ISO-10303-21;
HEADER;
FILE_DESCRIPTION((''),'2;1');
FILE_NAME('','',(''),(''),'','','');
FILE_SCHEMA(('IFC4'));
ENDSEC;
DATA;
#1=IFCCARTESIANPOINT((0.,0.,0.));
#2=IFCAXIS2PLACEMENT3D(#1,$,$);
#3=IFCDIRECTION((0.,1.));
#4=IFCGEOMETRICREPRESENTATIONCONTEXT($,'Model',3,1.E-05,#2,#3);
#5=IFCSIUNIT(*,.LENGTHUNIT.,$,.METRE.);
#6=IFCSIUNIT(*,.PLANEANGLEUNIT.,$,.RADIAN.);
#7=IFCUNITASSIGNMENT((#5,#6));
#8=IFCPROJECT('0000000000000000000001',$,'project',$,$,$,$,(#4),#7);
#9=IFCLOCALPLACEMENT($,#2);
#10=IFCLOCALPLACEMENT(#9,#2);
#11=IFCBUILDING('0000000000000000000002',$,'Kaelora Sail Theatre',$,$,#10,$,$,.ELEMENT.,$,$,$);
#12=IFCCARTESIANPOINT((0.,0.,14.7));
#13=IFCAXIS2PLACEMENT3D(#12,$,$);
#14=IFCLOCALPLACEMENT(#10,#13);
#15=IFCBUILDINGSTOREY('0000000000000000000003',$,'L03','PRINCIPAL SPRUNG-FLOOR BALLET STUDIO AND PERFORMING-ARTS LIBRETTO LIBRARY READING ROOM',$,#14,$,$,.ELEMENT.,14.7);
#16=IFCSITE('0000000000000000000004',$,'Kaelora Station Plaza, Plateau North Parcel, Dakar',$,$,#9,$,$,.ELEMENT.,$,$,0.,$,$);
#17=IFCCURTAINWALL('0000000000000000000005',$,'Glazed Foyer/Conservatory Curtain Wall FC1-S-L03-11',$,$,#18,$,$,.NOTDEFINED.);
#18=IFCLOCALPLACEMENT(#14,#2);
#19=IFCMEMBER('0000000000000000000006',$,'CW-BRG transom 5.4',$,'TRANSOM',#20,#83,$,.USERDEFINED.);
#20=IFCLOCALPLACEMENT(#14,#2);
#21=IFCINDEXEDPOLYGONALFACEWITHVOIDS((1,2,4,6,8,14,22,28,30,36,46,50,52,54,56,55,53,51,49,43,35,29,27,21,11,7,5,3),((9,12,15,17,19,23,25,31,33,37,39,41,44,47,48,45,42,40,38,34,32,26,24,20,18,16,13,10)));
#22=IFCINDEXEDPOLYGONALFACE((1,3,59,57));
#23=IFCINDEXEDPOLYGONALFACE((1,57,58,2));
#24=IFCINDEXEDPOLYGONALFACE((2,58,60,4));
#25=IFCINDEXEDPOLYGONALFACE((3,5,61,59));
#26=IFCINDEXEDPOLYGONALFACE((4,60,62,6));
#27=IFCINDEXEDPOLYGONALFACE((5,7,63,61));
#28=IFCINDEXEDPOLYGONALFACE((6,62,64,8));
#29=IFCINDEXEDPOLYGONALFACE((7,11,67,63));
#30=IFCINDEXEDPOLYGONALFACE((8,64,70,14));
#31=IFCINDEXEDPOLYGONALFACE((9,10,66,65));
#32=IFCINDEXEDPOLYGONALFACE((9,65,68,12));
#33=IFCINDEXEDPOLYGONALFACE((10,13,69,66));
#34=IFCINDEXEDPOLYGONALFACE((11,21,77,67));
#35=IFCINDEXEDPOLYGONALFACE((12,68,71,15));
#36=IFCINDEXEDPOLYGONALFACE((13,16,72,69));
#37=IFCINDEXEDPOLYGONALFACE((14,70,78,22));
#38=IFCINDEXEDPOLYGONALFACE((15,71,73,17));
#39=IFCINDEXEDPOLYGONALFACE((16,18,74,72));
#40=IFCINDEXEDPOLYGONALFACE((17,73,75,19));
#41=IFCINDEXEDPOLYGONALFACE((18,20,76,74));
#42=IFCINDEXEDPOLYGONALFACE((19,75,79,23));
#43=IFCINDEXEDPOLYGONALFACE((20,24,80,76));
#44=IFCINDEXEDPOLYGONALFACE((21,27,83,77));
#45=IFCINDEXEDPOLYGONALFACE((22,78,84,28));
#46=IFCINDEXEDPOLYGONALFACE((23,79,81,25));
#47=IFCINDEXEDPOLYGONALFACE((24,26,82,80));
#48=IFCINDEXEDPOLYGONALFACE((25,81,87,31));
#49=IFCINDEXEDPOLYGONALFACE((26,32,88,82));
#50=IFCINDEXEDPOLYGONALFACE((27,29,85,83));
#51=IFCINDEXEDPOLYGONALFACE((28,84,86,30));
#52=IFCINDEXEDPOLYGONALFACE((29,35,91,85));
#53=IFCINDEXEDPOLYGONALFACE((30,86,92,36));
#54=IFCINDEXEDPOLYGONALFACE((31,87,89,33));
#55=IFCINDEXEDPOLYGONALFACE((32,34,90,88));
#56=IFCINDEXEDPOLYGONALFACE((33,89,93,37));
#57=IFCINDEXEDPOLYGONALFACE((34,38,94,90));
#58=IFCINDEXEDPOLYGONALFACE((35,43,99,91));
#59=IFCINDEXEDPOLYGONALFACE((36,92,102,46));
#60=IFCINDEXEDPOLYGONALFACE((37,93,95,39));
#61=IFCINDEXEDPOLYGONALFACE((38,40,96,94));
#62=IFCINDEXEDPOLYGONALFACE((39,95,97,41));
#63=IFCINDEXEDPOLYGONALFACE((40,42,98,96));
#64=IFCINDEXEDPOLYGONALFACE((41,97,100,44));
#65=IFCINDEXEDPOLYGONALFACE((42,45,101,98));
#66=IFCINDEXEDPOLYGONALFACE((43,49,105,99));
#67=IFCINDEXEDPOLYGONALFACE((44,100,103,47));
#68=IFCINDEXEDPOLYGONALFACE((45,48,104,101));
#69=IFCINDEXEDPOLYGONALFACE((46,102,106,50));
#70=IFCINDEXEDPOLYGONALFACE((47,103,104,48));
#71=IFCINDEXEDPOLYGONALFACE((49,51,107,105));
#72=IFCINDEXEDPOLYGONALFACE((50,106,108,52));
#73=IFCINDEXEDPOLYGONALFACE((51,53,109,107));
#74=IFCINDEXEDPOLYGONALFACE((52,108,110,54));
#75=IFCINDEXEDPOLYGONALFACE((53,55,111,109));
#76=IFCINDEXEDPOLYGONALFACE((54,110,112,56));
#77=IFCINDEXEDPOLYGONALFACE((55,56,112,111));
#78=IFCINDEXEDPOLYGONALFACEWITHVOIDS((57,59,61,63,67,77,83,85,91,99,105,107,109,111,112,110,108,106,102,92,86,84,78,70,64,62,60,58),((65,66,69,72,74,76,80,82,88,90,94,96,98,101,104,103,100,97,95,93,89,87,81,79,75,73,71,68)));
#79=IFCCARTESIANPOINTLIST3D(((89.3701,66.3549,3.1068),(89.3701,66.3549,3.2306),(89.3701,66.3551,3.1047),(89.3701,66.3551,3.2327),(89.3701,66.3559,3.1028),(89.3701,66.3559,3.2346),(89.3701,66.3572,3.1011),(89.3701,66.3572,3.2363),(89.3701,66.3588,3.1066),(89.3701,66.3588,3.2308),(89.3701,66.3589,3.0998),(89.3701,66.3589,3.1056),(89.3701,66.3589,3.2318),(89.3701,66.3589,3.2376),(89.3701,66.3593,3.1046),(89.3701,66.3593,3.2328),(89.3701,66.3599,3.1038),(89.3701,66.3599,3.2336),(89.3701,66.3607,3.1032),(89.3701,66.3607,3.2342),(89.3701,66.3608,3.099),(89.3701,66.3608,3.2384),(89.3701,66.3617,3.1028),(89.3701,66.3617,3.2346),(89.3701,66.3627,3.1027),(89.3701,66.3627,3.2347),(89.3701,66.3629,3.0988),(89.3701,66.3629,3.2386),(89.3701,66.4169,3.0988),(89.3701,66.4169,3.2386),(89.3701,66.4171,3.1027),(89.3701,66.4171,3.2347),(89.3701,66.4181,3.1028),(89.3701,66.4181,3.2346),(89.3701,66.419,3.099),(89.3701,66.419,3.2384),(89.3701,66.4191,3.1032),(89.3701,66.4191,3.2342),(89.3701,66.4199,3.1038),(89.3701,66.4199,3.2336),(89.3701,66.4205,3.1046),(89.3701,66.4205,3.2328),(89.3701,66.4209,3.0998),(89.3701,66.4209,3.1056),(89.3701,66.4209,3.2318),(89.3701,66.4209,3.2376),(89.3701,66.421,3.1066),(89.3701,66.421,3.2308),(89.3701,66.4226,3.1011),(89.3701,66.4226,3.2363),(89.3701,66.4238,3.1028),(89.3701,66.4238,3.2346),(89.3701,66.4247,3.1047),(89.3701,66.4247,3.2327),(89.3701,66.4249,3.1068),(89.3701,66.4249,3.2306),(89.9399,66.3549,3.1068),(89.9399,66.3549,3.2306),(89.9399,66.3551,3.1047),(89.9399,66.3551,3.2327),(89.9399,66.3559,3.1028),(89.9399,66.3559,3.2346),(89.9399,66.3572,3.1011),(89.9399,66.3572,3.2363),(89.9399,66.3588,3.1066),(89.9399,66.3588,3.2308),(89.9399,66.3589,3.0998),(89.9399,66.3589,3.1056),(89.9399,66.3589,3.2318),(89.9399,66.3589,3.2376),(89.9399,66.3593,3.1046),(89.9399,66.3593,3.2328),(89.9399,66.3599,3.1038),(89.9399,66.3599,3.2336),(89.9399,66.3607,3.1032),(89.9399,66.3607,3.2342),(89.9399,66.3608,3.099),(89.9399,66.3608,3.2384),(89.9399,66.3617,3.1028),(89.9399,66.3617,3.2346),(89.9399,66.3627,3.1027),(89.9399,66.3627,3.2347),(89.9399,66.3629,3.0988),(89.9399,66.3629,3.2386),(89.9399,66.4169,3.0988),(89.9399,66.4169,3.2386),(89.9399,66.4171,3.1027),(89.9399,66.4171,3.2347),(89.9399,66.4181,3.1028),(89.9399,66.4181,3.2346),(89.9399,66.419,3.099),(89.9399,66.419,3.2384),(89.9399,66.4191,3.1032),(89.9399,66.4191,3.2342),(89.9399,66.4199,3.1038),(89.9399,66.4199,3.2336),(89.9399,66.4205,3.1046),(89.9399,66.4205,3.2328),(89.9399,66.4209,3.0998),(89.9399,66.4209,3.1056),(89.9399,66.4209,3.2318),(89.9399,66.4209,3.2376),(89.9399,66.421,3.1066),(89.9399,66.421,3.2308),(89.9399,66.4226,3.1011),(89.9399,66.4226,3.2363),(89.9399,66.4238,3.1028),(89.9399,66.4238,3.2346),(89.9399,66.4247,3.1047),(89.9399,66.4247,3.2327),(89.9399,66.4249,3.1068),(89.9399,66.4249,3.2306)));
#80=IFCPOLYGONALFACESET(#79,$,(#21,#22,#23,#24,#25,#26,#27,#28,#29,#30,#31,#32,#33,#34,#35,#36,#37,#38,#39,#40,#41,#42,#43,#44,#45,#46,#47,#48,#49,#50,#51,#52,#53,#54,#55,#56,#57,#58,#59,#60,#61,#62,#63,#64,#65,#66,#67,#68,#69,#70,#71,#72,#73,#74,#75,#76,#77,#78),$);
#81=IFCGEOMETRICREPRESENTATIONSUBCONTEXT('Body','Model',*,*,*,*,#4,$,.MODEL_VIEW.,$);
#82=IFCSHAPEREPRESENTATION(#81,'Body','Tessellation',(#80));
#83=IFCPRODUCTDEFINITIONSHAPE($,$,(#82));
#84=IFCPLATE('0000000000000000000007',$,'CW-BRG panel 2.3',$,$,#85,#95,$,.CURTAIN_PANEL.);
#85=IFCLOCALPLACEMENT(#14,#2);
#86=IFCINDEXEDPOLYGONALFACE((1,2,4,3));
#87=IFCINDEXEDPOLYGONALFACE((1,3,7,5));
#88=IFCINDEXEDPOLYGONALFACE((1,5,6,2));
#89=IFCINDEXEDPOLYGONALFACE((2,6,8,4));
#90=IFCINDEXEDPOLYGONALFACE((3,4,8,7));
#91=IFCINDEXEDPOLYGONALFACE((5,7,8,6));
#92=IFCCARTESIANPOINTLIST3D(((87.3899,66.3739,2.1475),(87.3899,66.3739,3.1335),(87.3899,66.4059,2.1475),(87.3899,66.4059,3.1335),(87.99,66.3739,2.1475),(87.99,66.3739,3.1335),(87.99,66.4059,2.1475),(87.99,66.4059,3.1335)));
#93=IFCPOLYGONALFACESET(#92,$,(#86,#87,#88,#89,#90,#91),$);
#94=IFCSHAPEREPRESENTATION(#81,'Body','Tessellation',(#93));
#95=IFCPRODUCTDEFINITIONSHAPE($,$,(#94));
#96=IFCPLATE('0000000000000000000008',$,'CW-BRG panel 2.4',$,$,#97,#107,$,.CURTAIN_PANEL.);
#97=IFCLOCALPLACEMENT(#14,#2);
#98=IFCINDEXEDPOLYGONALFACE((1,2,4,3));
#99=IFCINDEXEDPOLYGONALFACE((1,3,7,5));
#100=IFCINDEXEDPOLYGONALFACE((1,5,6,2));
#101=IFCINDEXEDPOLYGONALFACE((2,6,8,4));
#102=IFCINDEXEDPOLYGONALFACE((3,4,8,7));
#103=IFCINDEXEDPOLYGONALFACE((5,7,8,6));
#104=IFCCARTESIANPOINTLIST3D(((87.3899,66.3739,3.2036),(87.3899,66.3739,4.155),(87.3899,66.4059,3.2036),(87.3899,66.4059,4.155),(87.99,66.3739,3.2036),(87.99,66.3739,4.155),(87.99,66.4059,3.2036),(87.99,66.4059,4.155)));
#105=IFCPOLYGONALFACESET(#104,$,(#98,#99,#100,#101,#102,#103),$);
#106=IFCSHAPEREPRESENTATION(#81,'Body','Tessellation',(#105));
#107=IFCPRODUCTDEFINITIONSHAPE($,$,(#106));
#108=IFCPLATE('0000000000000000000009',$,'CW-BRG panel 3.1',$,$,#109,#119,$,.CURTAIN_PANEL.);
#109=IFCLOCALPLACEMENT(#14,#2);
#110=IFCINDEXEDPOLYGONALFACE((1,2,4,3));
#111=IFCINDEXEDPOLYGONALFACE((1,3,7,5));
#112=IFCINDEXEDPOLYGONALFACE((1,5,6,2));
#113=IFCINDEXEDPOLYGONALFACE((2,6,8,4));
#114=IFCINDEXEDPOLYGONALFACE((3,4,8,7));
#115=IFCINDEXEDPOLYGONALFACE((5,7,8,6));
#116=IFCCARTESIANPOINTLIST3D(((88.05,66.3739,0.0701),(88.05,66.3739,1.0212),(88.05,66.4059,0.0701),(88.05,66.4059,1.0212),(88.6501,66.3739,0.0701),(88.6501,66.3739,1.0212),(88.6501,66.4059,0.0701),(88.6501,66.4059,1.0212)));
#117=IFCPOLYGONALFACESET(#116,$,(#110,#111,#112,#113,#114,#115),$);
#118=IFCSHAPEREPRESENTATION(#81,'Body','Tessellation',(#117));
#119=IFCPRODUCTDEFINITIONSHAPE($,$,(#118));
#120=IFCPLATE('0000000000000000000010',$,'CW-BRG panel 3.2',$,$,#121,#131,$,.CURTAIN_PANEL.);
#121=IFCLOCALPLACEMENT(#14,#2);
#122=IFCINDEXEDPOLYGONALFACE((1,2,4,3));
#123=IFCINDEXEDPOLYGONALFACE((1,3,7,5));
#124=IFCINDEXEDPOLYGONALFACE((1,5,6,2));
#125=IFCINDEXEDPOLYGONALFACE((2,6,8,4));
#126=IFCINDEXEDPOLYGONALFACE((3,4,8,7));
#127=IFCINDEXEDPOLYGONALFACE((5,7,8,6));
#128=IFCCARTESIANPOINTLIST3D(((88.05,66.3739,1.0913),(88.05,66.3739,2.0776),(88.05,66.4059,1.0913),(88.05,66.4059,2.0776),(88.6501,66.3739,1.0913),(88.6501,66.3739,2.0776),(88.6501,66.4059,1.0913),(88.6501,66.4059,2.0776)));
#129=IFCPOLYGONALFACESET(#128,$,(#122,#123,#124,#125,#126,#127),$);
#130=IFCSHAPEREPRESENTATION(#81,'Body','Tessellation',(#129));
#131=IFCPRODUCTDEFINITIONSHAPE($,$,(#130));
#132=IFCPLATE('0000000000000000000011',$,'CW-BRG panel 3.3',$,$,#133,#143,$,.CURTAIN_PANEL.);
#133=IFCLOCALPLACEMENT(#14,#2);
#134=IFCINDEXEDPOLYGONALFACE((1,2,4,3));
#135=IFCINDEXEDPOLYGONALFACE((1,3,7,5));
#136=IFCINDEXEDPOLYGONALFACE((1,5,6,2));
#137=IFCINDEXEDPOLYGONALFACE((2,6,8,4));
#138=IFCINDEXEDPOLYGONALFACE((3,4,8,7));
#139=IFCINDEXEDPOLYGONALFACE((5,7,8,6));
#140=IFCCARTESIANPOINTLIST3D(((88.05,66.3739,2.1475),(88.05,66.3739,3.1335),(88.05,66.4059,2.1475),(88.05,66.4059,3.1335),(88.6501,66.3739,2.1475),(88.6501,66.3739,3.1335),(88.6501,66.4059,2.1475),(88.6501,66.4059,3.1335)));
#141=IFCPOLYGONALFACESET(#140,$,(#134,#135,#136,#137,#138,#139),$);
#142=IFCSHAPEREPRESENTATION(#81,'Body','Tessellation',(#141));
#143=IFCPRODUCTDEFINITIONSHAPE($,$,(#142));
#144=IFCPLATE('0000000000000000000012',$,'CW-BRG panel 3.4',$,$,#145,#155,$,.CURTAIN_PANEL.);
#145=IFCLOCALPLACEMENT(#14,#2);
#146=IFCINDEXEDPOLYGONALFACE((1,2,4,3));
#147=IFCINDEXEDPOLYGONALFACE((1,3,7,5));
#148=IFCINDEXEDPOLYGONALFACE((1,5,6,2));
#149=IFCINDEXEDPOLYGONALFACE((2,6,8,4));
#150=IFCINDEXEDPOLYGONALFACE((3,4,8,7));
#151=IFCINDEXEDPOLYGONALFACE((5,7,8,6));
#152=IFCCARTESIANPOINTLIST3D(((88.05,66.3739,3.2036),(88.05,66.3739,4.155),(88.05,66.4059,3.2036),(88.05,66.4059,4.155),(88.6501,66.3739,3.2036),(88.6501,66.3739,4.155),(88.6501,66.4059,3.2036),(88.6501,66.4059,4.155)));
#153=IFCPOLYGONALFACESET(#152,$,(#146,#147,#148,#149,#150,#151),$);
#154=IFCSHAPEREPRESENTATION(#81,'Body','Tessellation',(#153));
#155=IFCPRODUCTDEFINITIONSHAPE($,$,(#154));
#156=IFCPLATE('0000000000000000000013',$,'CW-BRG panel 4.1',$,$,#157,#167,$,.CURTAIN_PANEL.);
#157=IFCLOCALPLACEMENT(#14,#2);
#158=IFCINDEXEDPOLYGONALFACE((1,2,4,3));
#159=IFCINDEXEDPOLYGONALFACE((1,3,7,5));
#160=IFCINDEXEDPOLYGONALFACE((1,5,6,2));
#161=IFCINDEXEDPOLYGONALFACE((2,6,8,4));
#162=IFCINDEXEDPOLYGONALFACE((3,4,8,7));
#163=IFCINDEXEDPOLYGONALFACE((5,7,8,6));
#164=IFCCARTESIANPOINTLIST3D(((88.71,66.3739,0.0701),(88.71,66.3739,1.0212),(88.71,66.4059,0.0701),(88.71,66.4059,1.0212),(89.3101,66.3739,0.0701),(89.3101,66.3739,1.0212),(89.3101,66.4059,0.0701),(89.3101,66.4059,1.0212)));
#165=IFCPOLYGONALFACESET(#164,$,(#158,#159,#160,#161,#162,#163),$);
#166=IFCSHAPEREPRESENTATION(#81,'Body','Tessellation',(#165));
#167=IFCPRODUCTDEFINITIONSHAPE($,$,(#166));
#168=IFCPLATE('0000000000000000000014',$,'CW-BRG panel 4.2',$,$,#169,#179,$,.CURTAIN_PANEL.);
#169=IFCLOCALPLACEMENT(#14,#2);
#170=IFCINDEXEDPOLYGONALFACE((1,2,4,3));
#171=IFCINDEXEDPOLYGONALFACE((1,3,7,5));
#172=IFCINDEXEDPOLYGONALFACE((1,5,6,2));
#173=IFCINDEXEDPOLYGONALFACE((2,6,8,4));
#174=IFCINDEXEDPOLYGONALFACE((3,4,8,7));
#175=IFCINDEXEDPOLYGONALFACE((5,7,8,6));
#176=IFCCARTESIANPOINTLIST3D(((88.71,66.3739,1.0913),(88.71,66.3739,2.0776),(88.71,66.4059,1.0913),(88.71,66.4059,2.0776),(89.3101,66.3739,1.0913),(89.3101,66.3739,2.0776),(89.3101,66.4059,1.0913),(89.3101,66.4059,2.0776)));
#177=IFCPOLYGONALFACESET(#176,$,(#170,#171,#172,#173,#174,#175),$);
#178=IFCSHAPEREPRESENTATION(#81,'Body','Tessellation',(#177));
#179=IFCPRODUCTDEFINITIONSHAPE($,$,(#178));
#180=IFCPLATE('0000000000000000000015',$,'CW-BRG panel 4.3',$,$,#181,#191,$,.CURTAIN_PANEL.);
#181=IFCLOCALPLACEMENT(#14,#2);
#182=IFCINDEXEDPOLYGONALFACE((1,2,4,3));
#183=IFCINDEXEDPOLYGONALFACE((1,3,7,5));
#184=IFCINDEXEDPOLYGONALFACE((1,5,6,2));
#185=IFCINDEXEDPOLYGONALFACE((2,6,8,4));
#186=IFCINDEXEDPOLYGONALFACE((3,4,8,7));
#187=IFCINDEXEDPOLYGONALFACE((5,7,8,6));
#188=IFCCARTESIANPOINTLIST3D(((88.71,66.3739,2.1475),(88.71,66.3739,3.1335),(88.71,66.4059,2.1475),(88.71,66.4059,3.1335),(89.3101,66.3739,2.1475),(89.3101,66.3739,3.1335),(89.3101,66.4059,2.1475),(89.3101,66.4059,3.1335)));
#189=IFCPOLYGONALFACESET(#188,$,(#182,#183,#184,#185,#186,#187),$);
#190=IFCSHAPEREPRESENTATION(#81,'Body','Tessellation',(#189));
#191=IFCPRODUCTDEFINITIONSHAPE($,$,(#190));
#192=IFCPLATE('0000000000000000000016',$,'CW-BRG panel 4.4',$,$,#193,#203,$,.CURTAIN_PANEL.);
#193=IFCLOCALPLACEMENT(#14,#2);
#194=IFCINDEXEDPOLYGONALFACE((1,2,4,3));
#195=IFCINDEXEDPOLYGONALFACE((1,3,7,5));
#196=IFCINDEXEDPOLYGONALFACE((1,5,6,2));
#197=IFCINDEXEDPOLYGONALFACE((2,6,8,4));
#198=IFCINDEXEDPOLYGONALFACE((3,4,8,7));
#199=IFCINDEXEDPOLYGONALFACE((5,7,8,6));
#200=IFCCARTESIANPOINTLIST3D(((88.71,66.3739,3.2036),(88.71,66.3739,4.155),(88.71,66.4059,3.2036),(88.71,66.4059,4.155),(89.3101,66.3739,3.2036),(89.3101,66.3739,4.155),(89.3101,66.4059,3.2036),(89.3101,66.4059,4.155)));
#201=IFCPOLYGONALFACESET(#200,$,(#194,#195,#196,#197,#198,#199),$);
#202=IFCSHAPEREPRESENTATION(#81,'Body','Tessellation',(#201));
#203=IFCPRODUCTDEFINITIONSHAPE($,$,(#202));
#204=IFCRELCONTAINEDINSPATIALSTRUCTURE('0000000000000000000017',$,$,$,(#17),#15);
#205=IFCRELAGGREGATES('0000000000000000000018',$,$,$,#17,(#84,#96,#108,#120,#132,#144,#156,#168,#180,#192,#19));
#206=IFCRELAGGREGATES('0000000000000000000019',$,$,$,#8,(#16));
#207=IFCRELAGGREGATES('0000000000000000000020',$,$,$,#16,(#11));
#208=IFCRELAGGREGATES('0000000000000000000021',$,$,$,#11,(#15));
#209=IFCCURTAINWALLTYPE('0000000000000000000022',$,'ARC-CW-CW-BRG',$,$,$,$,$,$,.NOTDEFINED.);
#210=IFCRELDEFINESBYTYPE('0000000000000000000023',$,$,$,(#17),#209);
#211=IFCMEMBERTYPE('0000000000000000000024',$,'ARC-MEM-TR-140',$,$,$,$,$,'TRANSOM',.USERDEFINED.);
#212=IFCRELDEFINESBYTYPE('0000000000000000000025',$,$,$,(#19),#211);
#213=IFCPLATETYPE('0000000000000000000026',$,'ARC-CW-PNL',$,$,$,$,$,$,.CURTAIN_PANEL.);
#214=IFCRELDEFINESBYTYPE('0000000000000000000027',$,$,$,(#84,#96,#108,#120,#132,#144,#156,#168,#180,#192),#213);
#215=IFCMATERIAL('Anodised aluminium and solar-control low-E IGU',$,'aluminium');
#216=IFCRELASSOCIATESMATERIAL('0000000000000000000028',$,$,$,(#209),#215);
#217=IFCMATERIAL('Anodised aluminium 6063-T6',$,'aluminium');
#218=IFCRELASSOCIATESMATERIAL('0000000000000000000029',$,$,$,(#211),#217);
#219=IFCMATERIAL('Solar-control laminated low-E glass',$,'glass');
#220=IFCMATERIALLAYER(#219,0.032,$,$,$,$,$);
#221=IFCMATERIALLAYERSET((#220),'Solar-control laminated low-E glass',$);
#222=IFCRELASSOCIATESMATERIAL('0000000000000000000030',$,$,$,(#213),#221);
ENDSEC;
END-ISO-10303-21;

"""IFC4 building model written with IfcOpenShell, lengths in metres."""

from ifc_helpers import new_model, si_unit, direction, frame, origin, origin_2d, place, context, subcontext, project, spatial, rectangle, hollow_rectangle, extrude, material, layer, layer_set, material_profile, profile_set, type_object, element, aggregate, save


model = new_model("IFC4")

# Units and contexts
model_context = context("Model", 3, precision=1e-05, world=origin(), true_north=direction((0.0, 1.0)))
body_context = subcontext(model_context, "Body", "Model", "MODEL_VIEW")
ifc_project = project(units=[si_unit("LENGTHUNIT", "METRE"), si_unit("PLANEANGLEUNIT", "RADIAN")], contexts=[model_context])

# Site, building, storey
site_placement = place(None, origin())
site = spatial("IfcSite", under=ifc_project, at=site_placement, Name="Kaelora Station Plaza, Plateau North Parcel, Dakar", CompositionType="ELEMENT", RefElevation=0.0)
building_placement = place(site_placement, origin())
building = spatial("IfcBuilding", under=site, at=building_placement, Name="Kaelora Sail Theatre", CompositionType="ELEMENT")
storey_placement = place(building_placement, frame((0.0, 0.0, 14.7)))
storey = spatial("IfcBuildingStorey", under=building, at=storey_placement, Name="L03", Description="PRINCIPAL SPRUNG-FLOOR BALLET STUDIO AND PERFORMING-ARTS LIBRETTO LIBRARY READING ROOM", CompositionType="ELEMENT", Elevation=14.7)

# Curtain wall, member, plates
ifc_material_1 = material(Name="Anodised aluminium and solar-control low-E IGU", Category="aluminium")
curtain_wall_type = type_object("IfcCurtainWallType", Name="ARC-CW-CW-BRG", PredefinedType="NOTDEFINED", material=ifc_material_1)
curtain_wall_placement = place(storey_placement, origin())
curtain_wall = element("IfcCurtainWall", 1, at=curtain_wall_placement, inside=storey, type_object=curtain_wall_type, Name="Glazed Foyer/Conservatory Curtain Wall FC1-S-L03-11", PredefinedType="NOTDEFINED")
ifc_material_2 = material(Name="Anodised aluminium 6063-T6", Category="aluminium")
ifc_material_profile_1 = material_profile(ifc_material_2, hollow_rectangle(XDim=0.0701, YDim=0.1399, WallThickness=0.0039, InnerFilletRadius=0.0039, OuterFilletRadius=0.0081, at=origin_2d()), Name="ALU-TRAN 70x140x4")
ifc_profile_set_1 = profile_set([ifc_material_profile_1], Name="Anodised aluminium 6063-T6")
member_type_1 = type_object("IfcMemberType", Name="ARC-MEM-TR-140", ElementType="TRANSOM", PredefinedType="USERDEFINED", material=ifc_profile_set_1)
member_1_placement = place(storey_placement, frame((89.3701, 66.3899, 3.1687), z_axis=(1.0, 0.0, 0.0), x_axis=(0.0, 1.0, 0.0)))
member_1 = element("IfcMember", 2, at=member_1_placement, type_object=member_type_1, Name="CW-BRG transom 5.4", ObjectType="TRANSOM", PredefinedType="USERDEFINED", context=body_context, shape_type="SweptSolid", body=[
    extrude(hollow_rectangle(XDim=0.0701, YDim=0.1399, WallThickness=0.0039, InnerFilletRadius=0.0039, OuterFilletRadius=0.0081, at=origin_2d()), origin(), (0.0, 0.0, 1.0), 0.5698),
])
ifc_material_3 = material(Name="Solar-control laminated low-E glass", Category="glass")
ifc_layer = layer(ifc_material_3, 0.032)
ifc_layer_set = layer_set([ifc_layer], Name="Solar-control laminated low-E glass")
plate_type = type_object("IfcPlateType", Name="ARC-CW-PNL", PredefinedType="CURTAIN_PANEL", material=ifc_layer_set)
plate_1_placement = place(storey_placement, frame((87.6899, 66.3899, 2.1475), z_axis=(0.0, 0.0, 1.0), x_axis=(1.0, 0.0, 0.0)))
plate_1 = element("IfcPlate", 3, at=plate_1_placement, type_object=plate_type, Name="CW-BRG panel 2.3", PredefinedType="CURTAIN_PANEL", context=body_context, shape_type="SweptSolid", body=[
    extrude(rectangle(XDim=0.6001, YDim=0.032, at=origin_2d()), origin(), (0.0, 0.0, 1.0), 0.9861),
])
plate_2_placement = place(storey_placement, frame((87.6899, 66.3899, 3.2036), z_axis=(0.0, 0.0, 1.0), x_axis=(1.0, 0.0, 0.0)))
plate_2 = element("IfcPlate", 4, at=plate_2_placement, type_object=plate_type, Name="CW-BRG panel 2.4", PredefinedType="CURTAIN_PANEL", context=body_context, shape_type="SweptSolid", body=[
    extrude(rectangle(XDim=0.6001, YDim=0.032, at=origin_2d()), origin(), (0.0, 0.0, 1.0), 0.9514),
])
plate_3_placement = place(storey_placement, frame((88.3501, 66.3899, 0.0701), z_axis=(0.0, 0.0, 1.0), x_axis=(1.0, 0.0, 0.0)))
plate_3 = element("IfcPlate", 5, at=plate_3_placement, type_object=plate_type, Name="CW-BRG panel 3.1", PredefinedType="CURTAIN_PANEL", context=body_context, shape_type="SweptSolid", body=[
    extrude(rectangle(XDim=0.6001, YDim=0.032, at=origin_2d()), origin(), (0.0, 0.0, 1.0), 0.9512),
])
plate_4_placement = place(storey_placement, frame((88.3501, 66.3899, 1.0913), z_axis=(0.0, 0.0, 1.0), x_axis=(1.0, 0.0, 0.0)))
plate_4 = element("IfcPlate", 6, at=plate_4_placement, type_object=plate_type, Name="CW-BRG panel 3.2", PredefinedType="CURTAIN_PANEL", context=body_context, shape_type="SweptSolid", body=[
    extrude(rectangle(XDim=0.6001, YDim=0.032, at=origin_2d()), origin(), (0.0, 0.0, 1.0), 0.9863),
])
plate_5_placement = place(storey_placement, frame((88.3501, 66.3899, 2.1475), z_axis=(0.0, 0.0, 1.0), x_axis=(1.0, 0.0, 0.0)))
plate_5 = element("IfcPlate", 7, at=plate_5_placement, type_object=plate_type, Name="CW-BRG panel 3.3", PredefinedType="CURTAIN_PANEL", context=body_context, shape_type="SweptSolid", body=[
    extrude(rectangle(XDim=0.6001, YDim=0.032, at=origin_2d()), origin(), (0.0, 0.0, 1.0), 0.9861),
])
plate_6_placement = place(storey_placement, frame((88.3501, 66.3899, 3.2036), z_axis=(0.0, 0.0, 1.0), x_axis=(1.0, 0.0, 0.0)))
plate_6 = element("IfcPlate", 8, at=plate_6_placement, type_object=plate_type, Name="CW-BRG panel 3.4", PredefinedType="CURTAIN_PANEL", context=body_context, shape_type="SweptSolid", body=[
    extrude(rectangle(XDim=0.6001, YDim=0.032, at=origin_2d()), origin(), (0.0, 0.0, 1.0), 0.9514),
])
plate_7_placement = place(storey_placement, frame((89.01, 66.3899, 0.0701), z_axis=(0.0, 0.0, 1.0), x_axis=(1.0, 0.0, 0.0)))
plate_7 = element("IfcPlate", 9, at=plate_7_placement, type_object=plate_type, Name="CW-BRG panel 4.1", PredefinedType="CURTAIN_PANEL", context=body_context, shape_type="SweptSolid", body=[
    extrude(rectangle(XDim=0.6001, YDim=0.032, at=origin_2d()), origin(), (0.0, 0.0, 1.0), 0.9512),
])
plate_8_placement = place(storey_placement, frame((89.01, 66.3899, 1.0913), z_axis=(0.0, 0.0, 1.0), x_axis=(1.0, 0.0, 0.0)))
plate_8 = element("IfcPlate", 10, at=plate_8_placement, type_object=plate_type, Name="CW-BRG panel 4.2", PredefinedType="CURTAIN_PANEL", context=body_context, shape_type="SweptSolid", body=[
    extrude(rectangle(XDim=0.6001, YDim=0.032, at=origin_2d()), origin(), (0.0, 0.0, 1.0), 0.9863),
])
plate_9_placement = place(storey_placement, frame((89.01, 66.3899, 2.1475), z_axis=(0.0, 0.0, 1.0), x_axis=(1.0, 0.0, 0.0)))
plate_9 = element("IfcPlate", 11, at=plate_9_placement, type_object=plate_type, Name="CW-BRG panel 4.3", PredefinedType="CURTAIN_PANEL", context=body_context, shape_type="SweptSolid", body=[
    extrude(rectangle(XDim=0.6001, YDim=0.032, at=origin_2d()), origin(), (0.0, 0.0, 1.0), 0.9861),
])
plate_10_placement = place(storey_placement, frame((89.01, 66.3899, 3.2036), z_axis=(0.0, 0.0, 1.0), x_axis=(1.0, 0.0, 0.0)))
plate_10 = element("IfcPlate", 12, at=plate_10_placement, type_object=plate_type, Name="CW-BRG panel 4.4", PredefinedType="CURTAIN_PANEL", context=body_context, shape_type="SweptSolid", body=[
    extrude(rectangle(XDim=0.6001, YDim=0.032, at=origin_2d()), origin(), (0.0, 0.0, 1.0), 0.9514),
])
aggregate(curtain_wall, [plate_1, plate_2, plate_3, plate_4, plate_5, plate_6, plate_7, plate_8, plate_9, plate_10, member_1])

save(model, "model.ifc")
